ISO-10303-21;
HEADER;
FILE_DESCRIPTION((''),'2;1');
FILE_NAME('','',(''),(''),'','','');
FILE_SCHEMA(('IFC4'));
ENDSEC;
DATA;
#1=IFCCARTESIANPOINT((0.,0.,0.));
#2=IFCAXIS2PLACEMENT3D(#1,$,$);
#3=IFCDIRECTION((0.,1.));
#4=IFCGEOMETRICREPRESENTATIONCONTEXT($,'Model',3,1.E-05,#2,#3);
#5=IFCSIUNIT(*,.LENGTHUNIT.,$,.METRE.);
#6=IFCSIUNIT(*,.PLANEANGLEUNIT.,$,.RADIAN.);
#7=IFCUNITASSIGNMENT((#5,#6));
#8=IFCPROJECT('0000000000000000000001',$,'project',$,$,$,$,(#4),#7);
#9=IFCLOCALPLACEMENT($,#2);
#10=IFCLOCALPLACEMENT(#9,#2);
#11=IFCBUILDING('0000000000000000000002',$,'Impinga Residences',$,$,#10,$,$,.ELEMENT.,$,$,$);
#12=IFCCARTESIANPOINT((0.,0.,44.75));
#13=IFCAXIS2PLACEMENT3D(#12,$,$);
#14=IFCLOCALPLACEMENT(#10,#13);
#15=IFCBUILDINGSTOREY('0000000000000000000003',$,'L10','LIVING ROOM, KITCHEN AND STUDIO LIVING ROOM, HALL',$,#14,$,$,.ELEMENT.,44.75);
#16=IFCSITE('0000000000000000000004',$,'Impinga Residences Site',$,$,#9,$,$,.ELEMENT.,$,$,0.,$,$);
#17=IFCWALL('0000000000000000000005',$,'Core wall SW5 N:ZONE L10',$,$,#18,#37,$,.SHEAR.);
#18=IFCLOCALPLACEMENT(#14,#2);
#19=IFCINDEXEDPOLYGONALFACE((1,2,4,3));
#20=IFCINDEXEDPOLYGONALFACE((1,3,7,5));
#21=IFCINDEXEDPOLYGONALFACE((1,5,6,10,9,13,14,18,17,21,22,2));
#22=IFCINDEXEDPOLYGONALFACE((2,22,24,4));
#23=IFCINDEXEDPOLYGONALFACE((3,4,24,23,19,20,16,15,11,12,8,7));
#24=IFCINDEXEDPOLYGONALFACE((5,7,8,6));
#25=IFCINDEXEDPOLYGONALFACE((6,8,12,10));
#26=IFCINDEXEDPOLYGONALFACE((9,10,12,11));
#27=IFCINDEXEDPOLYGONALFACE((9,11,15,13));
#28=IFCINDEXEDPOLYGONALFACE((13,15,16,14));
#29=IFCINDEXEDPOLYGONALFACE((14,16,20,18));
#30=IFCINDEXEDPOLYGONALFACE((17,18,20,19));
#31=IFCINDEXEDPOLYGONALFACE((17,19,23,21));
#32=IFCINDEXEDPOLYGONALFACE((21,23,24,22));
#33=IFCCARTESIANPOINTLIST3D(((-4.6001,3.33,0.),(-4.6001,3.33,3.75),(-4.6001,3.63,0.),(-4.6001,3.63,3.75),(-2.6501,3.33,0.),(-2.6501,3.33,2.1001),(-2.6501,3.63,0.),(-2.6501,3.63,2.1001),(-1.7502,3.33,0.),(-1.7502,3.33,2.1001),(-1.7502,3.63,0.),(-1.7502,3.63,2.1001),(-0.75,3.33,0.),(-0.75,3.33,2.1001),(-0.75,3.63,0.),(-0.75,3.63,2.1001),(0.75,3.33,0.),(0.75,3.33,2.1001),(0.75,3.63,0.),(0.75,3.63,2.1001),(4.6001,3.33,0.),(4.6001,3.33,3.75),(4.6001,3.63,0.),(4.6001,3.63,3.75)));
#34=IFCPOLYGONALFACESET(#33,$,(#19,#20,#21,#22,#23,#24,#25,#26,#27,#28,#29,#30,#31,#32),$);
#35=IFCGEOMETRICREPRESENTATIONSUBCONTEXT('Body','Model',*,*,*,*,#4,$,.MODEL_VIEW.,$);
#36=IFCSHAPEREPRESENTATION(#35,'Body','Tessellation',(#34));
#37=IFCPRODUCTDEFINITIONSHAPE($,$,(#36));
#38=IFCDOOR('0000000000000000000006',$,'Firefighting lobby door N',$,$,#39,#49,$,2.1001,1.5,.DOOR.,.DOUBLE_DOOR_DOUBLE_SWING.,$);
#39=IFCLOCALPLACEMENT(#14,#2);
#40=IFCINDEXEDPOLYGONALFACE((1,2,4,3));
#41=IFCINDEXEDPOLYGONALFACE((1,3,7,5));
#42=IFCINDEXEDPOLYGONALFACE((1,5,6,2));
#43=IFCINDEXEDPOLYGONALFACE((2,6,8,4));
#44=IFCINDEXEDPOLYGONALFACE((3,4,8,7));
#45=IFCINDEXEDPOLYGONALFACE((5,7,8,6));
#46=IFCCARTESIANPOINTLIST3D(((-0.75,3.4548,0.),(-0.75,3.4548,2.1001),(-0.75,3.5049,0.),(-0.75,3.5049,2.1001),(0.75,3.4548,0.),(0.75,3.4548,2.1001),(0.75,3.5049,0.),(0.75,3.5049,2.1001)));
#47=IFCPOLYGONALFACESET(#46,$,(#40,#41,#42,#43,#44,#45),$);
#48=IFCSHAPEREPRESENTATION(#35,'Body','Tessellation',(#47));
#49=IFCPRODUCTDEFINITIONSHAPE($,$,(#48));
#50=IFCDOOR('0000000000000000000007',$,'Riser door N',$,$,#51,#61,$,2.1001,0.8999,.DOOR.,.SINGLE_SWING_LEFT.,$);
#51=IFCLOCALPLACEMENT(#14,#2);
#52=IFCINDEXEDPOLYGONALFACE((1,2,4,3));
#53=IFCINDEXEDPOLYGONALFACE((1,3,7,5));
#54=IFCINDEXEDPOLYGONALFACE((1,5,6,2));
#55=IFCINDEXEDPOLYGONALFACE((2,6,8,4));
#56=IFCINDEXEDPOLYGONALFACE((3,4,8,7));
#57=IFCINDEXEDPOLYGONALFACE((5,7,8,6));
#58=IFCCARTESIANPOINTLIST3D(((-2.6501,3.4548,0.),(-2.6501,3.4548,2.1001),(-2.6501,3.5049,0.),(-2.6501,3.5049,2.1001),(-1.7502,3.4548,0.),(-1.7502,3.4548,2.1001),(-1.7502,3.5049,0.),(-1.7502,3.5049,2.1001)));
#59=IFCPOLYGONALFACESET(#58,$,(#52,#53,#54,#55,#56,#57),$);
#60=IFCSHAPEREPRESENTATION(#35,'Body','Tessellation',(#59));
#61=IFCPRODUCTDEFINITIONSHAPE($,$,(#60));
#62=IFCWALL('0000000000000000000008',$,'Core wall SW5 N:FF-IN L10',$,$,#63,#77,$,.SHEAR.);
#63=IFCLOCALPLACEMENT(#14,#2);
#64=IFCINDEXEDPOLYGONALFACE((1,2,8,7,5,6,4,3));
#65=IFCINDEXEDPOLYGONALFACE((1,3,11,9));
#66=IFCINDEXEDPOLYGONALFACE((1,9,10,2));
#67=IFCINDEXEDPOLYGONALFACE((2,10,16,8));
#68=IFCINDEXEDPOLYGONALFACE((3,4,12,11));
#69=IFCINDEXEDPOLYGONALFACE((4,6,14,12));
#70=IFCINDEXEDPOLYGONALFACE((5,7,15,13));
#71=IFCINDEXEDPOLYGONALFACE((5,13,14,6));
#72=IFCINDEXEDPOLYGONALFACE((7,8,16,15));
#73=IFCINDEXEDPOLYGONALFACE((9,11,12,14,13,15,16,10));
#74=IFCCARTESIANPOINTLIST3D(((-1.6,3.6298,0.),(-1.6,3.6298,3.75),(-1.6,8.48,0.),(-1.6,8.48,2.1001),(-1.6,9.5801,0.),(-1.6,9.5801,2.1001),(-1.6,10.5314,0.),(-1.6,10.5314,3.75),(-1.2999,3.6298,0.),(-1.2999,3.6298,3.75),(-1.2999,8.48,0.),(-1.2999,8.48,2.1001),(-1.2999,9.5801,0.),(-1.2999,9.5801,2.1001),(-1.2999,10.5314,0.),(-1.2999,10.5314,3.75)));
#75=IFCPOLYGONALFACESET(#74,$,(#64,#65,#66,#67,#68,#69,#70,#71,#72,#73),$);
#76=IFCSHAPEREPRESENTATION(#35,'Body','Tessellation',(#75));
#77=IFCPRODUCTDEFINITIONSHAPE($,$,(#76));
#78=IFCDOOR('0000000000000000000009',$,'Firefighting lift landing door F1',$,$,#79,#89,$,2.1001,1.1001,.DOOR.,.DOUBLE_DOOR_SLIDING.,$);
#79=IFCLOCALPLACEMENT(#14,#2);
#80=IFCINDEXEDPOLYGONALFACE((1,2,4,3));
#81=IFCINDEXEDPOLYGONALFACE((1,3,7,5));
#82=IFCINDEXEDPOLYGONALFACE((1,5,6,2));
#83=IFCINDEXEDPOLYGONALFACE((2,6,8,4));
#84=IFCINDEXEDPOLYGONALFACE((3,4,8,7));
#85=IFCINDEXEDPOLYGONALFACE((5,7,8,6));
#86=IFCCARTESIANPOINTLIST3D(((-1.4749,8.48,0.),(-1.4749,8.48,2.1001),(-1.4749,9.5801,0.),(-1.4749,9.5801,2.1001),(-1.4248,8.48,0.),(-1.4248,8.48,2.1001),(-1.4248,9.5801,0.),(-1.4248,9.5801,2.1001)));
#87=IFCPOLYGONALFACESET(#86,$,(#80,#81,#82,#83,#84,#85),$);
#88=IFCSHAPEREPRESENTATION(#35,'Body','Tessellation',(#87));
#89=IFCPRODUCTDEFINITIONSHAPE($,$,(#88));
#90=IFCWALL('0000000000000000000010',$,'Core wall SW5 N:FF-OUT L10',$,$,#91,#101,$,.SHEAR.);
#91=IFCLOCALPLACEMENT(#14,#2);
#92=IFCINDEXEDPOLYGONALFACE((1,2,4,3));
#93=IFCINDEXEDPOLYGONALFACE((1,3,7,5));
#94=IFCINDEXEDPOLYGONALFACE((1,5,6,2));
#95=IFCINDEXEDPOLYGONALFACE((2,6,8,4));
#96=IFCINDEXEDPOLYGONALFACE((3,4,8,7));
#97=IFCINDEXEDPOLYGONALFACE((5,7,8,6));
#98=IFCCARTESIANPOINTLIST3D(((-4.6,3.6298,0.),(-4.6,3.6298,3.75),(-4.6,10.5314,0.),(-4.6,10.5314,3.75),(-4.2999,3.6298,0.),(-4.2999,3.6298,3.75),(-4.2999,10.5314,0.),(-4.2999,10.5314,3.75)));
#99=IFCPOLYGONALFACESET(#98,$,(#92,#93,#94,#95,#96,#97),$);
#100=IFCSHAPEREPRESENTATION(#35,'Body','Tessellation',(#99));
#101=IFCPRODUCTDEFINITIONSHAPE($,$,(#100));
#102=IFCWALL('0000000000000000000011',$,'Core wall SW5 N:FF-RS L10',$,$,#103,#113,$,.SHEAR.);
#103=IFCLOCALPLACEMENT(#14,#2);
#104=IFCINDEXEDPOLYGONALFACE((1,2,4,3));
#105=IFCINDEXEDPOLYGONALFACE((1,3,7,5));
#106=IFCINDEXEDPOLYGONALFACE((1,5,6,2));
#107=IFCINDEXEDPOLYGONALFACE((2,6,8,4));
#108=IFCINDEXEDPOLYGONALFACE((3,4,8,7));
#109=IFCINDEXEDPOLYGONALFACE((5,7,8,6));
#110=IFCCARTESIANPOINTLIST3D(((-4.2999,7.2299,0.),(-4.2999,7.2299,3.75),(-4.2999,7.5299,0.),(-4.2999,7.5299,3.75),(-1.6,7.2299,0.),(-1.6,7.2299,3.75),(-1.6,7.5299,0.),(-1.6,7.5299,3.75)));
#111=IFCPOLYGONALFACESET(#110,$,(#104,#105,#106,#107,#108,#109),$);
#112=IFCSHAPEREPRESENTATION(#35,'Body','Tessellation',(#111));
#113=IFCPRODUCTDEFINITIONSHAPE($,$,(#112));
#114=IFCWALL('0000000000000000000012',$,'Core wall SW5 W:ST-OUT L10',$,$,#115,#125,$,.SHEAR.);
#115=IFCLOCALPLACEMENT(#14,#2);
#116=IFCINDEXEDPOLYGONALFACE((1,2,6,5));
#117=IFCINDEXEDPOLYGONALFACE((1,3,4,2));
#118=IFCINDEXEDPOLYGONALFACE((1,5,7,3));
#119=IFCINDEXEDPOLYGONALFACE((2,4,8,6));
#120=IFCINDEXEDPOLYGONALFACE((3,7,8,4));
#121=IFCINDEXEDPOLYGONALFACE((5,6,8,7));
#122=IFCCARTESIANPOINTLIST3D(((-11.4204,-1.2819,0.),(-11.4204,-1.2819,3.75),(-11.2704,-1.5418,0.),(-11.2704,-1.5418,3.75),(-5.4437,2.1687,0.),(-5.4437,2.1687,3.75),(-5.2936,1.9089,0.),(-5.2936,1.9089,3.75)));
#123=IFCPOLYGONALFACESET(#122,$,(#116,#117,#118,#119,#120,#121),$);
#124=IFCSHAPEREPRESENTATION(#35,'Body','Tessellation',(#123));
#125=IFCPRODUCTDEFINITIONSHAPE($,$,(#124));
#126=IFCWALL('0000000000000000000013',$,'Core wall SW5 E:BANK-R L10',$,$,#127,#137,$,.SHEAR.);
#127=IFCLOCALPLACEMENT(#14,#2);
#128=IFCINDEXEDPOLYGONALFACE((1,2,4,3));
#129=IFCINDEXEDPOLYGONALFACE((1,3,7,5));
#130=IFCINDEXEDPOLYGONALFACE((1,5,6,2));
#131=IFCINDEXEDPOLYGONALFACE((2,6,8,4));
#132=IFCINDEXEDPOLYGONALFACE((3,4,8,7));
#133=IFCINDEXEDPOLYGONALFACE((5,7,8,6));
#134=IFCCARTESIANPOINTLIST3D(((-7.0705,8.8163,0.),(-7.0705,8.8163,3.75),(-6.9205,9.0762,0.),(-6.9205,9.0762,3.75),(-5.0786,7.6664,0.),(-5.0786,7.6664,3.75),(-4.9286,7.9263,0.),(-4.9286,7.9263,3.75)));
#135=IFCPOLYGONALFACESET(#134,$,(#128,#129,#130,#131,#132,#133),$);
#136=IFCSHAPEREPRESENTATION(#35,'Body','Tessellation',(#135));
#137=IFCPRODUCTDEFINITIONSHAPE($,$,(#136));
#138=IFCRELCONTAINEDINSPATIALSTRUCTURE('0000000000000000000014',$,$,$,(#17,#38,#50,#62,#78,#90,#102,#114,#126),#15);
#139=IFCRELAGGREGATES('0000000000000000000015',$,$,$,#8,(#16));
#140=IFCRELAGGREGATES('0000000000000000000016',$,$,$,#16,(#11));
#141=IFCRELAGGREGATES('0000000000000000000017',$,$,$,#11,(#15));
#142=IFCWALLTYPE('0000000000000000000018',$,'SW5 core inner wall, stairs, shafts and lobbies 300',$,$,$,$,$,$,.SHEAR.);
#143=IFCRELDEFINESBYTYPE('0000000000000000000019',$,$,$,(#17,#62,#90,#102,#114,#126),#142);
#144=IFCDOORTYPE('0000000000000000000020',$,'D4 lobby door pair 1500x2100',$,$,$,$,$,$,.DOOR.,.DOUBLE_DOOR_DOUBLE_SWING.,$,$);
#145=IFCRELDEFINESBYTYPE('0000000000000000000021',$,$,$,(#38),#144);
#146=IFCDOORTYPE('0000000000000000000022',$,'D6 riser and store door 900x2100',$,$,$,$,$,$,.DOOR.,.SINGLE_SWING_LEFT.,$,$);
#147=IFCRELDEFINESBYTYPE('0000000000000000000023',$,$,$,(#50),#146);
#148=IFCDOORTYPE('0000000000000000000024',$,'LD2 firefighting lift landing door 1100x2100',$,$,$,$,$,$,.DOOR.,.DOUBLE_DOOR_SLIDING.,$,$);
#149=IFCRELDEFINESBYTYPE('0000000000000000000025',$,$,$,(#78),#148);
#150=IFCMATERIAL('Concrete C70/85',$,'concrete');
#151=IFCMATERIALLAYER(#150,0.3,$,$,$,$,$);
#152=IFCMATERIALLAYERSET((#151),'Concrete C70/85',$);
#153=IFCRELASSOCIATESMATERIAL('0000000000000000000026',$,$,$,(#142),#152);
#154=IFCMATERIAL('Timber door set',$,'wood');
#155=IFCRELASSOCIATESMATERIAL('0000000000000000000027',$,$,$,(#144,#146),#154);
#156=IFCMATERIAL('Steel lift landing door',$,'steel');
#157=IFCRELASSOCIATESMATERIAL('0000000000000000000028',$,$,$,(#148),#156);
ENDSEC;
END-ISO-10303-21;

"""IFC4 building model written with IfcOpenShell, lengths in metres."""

from ifc_helpers import new_model, si_unit, direction, frame, frame_2d, origin, place, context, subcontext, project, spatial, rectangle, extrude, material, layer, layer_set, type_object, element, fill, save


model = new_model("IFC4")

# Units and contexts
model_context = context("Model", 3, precision=1e-05, world=origin(), true_north=direction((0.0, 1.0)))
body_context = subcontext(model_context, "Body", "Model", "MODEL_VIEW")
ifc_project = project(units=[si_unit("LENGTHUNIT", "METRE"), si_unit("PLANEANGLEUNIT", "RADIAN")], contexts=[model_context])

# Site, building, storey
site_placement = place(None, origin())
site = spatial("IfcSite", under=ifc_project, at=site_placement, Name="Impinga Residences Site", CompositionType="ELEMENT", RefElevation=0.0)
building_placement = place(site_placement, origin())
building = spatial("IfcBuilding", under=site, at=building_placement, Name="Impinga Residences", CompositionType="ELEMENT")
storey_placement = place(building_placement, frame((0.0, 0.0, 44.75)))
storey = spatial("IfcBuildingStorey", under=building, at=storey_placement, Name="L10", Description="LIVING ROOM, KITCHEN AND STUDIO LIVING ROOM, HALL", CompositionType="ELEMENT", Elevation=44.75)

# Shared definitions
ifc_material_1 = material(Name="Concrete C70/85", Category="concrete")
ifc_material_2 = material(Name="Timber door set", Category="wood")

# Wall, openings, doors
ifc_layer_1 = layer(ifc_material_1, 0.3)
ifc_layer_set_1 = layer_set([ifc_layer_1], Name="Concrete C70/85")
wall_type_1 = type_object("IfcWallType", Name="SW5 core inner wall, stairs, shafts and lobbies 300", PredefinedType="SHEAR", material=ifc_layer_set_1)
wall_1_placement = place(storey_placement, frame((-4.6001, 3.48, 0.0), z_axis=(0.0, 0.0, 1.0), x_axis=(1.0, 0.0, 0.0)))
wall_1 = element("IfcWall", 1, at=wall_1_placement, inside=storey, type_object=wall_type_1, Name="Core wall SW5 N:ZONE L10", PredefinedType="SHEAR", context=body_context, shape_type="SweptSolid", body=[
    extrude(rectangle(XDim=9.2002, YDim=0.3, at=frame_2d((4.6001, 0.0))), origin(), (0.0, 0.0, 1.0), 3.75),
])
opening_1_placement = place(wall_1_placement, frame((3.8501, 0.0, 0.0)))
opening_1 = element("IfcOpeningElement", 2, at=opening_1_placement, cuts=wall_1, PredefinedType="OPENING", context=body_context, shape_type="SweptSolid", body=[
    extrude(rectangle(XDim=1.5, YDim=2.1001, at=frame_2d((0.75, 1.05))), frame((0.0, 0.1599, 0.0), z_axis=(0.0, -1.0, 0.0), x_axis=(1.0, 0.0, 0.0)), (0.0, 0.0, 1.0), 0.3201),
])
opening_2_placement = place(wall_1_placement, frame((1.95, 0.0, 0.0)))
opening_2 = element("IfcOpeningElement", 3, at=opening_2_placement, cuts=wall_1, PredefinedType="OPENING", context=body_context, shape_type="SweptSolid", body=[
    extrude(rectangle(XDim=0.8999, YDim=2.1001, at=frame_2d((0.45, 1.05))), frame((0.0, 0.1599, 0.0), z_axis=(0.0, -1.0, 0.0), x_axis=(1.0, 0.0, 0.0)), (0.0, 0.0, 1.0), 0.3201),
])
door_type_1 = type_object("IfcDoorType", Name="D4 lobby door pair 1500x2100", OperationType="DOUBLE_DOOR_DOUBLE_SWING", PredefinedType="DOOR", material=ifc_material_2)
door_1_placement = place(opening_1_placement, origin())
door_1 = element("IfcDoor", 4, at=door_1_placement, inside=storey, type_object=door_type_1, Name="Firefighting lobby door N", OperationType="DOUBLE_DOOR_DOUBLE_SWING", OverallHeight=2.1001, OverallWidth=1.5, PredefinedType="DOOR", context=body_context, shape_type="SweptSolid", body=[
    extrude(rectangle(XDim=1.5, YDim=2.1001, at=frame_2d((0.75, 1.05))), frame((0.0, 0.0249, 0.0), z_axis=(0.0, -1.0, 0.0), x_axis=(1.0, 0.0, 0.0)), (0.0, 0.0, 1.0), 0.05),
])
fill(opening_1, door_1)
door_type_2 = type_object("IfcDoorType", Name="D6 riser and store door 900x2100", OperationType="SINGLE_SWING_LEFT", PredefinedType="DOOR", material=ifc_material_2)
door_2_placement = place(opening_2_placement, origin())
door_2 = element("IfcDoor", 5, at=door_2_placement, inside=storey, type_object=door_type_2, Name="Riser door N", OperationType="SINGLE_SWING_LEFT", OverallHeight=2.1001, OverallWidth=0.8999, PredefinedType="DOOR", context=body_context, shape_type="SweptSolid", body=[
    extrude(rectangle(XDim=0.8999, YDim=2.1001, at=frame_2d((0.45, 1.05))), frame((0.0, 0.0249, 0.0), z_axis=(0.0, -1.0, 0.0), x_axis=(1.0, 0.0, 0.0)), (0.0, 0.0, 1.0), 0.05),
])
fill(opening_2, door_2)

# Wall, opening, door
wall_2_placement = place(storey_placement, frame((-1.45, 3.6299, 0.0), z_axis=(0.0, 0.0, 1.0), x_axis=(0.0, 1.0, 0.0)))
wall_2 = element("IfcWall", 6, at=wall_2_placement, inside=storey, type_object=wall_type_1, Name="Core wall SW5 N:FF-IN L10", PredefinedType="SHEAR", context=body_context, shape_type="SweptSolid", body=[
    extrude(rectangle(XDim=6.9016, YDim=0.3, at=frame_2d((3.4507, 0.0))), origin(), (0.0, 0.0, 1.0), 3.75),
])
opening_3_placement = place(wall_2_placement, frame((4.8501, 0.0, 0.0)))
opening_3 = element("IfcOpeningElement", 7, at=opening_3_placement, cuts=wall_2, PredefinedType="OPENING", context=body_context, shape_type="SweptSolid", body=[
    extrude(rectangle(XDim=1.1001, YDim=2.1001, at=frame_2d((0.55, 1.05))), frame((0.0, 0.1599, 0.0), z_axis=(0.0, -1.0, 0.0), x_axis=(1.0, 0.0, 0.0)), (0.0, 0.0, 1.0), 0.3201),
])
ifc_material_3 = material(Name="Steel lift landing door", Category="steel")
door_type_3 = type_object("IfcDoorType", Name="LD2 firefighting lift landing door 1100x2100", OperationType="DOUBLE_DOOR_SLIDING", PredefinedType="DOOR", material=ifc_material_3)
door_3_placement = place(opening_3_placement, origin())
door_3 = element("IfcDoor", 8, at=door_3_placement, inside=storey, type_object=door_type_3, Name="Firefighting lift landing door F1", OperationType="DOUBLE_DOOR_SLIDING", OverallHeight=2.1001, OverallWidth=1.1001, PredefinedType="DOOR", context=body_context, shape_type="SweptSolid", body=[
    extrude(rectangle(XDim=1.1001, YDim=2.1001, at=frame_2d((0.55, 1.05))), frame((0.0, 0.0249, 0.0), z_axis=(0.0, -1.0, 0.0), x_axis=(1.0, 0.0, 0.0)), (0.0, 0.0, 1.0), 0.05),
])
fill(opening_3, door_3)

# Walls
wall_3_placement = place(storey_placement, frame((-4.45, 3.6299, 0.0), z_axis=(0.0, 0.0, 1.0), x_axis=(0.0, 1.0, 0.0)))
element("IfcWall", 9, at=wall_3_placement, inside=storey, type_object=wall_type_1, Name="Core wall SW5 N:FF-OUT L10", PredefinedType="SHEAR", context=body_context, shape_type="SweptSolid", body=[
    extrude(rectangle(XDim=6.9016, YDim=0.3, at=frame_2d((3.4507, 0.0))), origin(), (0.0, 0.0, 1.0), 3.75),
])
wall_4_placement = place(storey_placement, frame((-4.3, 7.3799, 0.0), z_axis=(0.0, 0.0, 1.0), x_axis=(1.0, 0.0, 0.0)))
element("IfcWall", 10, at=wall_4_placement, inside=storey, type_object=wall_type_1, Name="Core wall SW5 N:FF-RS L10", PredefinedType="SHEAR", context=body_context, shape_type="SweptSolid", body=[
    extrude(rectangle(XDim=2.7, YDim=0.3, at=frame_2d((1.3501, 0.0))), origin(), (0.0, 0.0, 1.0), 3.75),
])
wall_5_placement = place(storey_placement, frame((-5.3687, 2.0388, 0.0), z_axis=(0.0, 0.0, 1.0), x_axis=(-0.866027, -0.499997, 0.0)))
element("IfcWall", 11, at=wall_5_placement, inside=storey, type_object=wall_type_1, Name="Core wall SW5 W:ST-OUT L10", PredefinedType="SHEAR", context=body_context, shape_type="SweptSolid", body=[
    extrude(rectangle(XDim=6.9014, YDim=0.3, at=frame_2d((3.4507, 0.0))), origin(), (0.0, 0.0, 1.0), 3.75),
])
wall_6_placement = place(storey_placement, frame((-5.0037, 7.7964, 0.0), z_axis=(0.0, 0.0, 1.0), x_axis=(-0.866053, 0.499952, 0.0)))
element("IfcWall", 12, at=wall_6_placement, inside=storey, type_object=wall_type_1, Name="Core wall SW5 E:BANK-R L10", PredefinedType="SHEAR", context=body_context, shape_type="SweptSolid", body=[
    extrude(rectangle(XDim=2.3, YDim=0.3, at=frame_2d((1.1499, 0.0))), origin(), (0.0, 0.0, 1.0), 3.75),
])

save(model, "model.ifc")
